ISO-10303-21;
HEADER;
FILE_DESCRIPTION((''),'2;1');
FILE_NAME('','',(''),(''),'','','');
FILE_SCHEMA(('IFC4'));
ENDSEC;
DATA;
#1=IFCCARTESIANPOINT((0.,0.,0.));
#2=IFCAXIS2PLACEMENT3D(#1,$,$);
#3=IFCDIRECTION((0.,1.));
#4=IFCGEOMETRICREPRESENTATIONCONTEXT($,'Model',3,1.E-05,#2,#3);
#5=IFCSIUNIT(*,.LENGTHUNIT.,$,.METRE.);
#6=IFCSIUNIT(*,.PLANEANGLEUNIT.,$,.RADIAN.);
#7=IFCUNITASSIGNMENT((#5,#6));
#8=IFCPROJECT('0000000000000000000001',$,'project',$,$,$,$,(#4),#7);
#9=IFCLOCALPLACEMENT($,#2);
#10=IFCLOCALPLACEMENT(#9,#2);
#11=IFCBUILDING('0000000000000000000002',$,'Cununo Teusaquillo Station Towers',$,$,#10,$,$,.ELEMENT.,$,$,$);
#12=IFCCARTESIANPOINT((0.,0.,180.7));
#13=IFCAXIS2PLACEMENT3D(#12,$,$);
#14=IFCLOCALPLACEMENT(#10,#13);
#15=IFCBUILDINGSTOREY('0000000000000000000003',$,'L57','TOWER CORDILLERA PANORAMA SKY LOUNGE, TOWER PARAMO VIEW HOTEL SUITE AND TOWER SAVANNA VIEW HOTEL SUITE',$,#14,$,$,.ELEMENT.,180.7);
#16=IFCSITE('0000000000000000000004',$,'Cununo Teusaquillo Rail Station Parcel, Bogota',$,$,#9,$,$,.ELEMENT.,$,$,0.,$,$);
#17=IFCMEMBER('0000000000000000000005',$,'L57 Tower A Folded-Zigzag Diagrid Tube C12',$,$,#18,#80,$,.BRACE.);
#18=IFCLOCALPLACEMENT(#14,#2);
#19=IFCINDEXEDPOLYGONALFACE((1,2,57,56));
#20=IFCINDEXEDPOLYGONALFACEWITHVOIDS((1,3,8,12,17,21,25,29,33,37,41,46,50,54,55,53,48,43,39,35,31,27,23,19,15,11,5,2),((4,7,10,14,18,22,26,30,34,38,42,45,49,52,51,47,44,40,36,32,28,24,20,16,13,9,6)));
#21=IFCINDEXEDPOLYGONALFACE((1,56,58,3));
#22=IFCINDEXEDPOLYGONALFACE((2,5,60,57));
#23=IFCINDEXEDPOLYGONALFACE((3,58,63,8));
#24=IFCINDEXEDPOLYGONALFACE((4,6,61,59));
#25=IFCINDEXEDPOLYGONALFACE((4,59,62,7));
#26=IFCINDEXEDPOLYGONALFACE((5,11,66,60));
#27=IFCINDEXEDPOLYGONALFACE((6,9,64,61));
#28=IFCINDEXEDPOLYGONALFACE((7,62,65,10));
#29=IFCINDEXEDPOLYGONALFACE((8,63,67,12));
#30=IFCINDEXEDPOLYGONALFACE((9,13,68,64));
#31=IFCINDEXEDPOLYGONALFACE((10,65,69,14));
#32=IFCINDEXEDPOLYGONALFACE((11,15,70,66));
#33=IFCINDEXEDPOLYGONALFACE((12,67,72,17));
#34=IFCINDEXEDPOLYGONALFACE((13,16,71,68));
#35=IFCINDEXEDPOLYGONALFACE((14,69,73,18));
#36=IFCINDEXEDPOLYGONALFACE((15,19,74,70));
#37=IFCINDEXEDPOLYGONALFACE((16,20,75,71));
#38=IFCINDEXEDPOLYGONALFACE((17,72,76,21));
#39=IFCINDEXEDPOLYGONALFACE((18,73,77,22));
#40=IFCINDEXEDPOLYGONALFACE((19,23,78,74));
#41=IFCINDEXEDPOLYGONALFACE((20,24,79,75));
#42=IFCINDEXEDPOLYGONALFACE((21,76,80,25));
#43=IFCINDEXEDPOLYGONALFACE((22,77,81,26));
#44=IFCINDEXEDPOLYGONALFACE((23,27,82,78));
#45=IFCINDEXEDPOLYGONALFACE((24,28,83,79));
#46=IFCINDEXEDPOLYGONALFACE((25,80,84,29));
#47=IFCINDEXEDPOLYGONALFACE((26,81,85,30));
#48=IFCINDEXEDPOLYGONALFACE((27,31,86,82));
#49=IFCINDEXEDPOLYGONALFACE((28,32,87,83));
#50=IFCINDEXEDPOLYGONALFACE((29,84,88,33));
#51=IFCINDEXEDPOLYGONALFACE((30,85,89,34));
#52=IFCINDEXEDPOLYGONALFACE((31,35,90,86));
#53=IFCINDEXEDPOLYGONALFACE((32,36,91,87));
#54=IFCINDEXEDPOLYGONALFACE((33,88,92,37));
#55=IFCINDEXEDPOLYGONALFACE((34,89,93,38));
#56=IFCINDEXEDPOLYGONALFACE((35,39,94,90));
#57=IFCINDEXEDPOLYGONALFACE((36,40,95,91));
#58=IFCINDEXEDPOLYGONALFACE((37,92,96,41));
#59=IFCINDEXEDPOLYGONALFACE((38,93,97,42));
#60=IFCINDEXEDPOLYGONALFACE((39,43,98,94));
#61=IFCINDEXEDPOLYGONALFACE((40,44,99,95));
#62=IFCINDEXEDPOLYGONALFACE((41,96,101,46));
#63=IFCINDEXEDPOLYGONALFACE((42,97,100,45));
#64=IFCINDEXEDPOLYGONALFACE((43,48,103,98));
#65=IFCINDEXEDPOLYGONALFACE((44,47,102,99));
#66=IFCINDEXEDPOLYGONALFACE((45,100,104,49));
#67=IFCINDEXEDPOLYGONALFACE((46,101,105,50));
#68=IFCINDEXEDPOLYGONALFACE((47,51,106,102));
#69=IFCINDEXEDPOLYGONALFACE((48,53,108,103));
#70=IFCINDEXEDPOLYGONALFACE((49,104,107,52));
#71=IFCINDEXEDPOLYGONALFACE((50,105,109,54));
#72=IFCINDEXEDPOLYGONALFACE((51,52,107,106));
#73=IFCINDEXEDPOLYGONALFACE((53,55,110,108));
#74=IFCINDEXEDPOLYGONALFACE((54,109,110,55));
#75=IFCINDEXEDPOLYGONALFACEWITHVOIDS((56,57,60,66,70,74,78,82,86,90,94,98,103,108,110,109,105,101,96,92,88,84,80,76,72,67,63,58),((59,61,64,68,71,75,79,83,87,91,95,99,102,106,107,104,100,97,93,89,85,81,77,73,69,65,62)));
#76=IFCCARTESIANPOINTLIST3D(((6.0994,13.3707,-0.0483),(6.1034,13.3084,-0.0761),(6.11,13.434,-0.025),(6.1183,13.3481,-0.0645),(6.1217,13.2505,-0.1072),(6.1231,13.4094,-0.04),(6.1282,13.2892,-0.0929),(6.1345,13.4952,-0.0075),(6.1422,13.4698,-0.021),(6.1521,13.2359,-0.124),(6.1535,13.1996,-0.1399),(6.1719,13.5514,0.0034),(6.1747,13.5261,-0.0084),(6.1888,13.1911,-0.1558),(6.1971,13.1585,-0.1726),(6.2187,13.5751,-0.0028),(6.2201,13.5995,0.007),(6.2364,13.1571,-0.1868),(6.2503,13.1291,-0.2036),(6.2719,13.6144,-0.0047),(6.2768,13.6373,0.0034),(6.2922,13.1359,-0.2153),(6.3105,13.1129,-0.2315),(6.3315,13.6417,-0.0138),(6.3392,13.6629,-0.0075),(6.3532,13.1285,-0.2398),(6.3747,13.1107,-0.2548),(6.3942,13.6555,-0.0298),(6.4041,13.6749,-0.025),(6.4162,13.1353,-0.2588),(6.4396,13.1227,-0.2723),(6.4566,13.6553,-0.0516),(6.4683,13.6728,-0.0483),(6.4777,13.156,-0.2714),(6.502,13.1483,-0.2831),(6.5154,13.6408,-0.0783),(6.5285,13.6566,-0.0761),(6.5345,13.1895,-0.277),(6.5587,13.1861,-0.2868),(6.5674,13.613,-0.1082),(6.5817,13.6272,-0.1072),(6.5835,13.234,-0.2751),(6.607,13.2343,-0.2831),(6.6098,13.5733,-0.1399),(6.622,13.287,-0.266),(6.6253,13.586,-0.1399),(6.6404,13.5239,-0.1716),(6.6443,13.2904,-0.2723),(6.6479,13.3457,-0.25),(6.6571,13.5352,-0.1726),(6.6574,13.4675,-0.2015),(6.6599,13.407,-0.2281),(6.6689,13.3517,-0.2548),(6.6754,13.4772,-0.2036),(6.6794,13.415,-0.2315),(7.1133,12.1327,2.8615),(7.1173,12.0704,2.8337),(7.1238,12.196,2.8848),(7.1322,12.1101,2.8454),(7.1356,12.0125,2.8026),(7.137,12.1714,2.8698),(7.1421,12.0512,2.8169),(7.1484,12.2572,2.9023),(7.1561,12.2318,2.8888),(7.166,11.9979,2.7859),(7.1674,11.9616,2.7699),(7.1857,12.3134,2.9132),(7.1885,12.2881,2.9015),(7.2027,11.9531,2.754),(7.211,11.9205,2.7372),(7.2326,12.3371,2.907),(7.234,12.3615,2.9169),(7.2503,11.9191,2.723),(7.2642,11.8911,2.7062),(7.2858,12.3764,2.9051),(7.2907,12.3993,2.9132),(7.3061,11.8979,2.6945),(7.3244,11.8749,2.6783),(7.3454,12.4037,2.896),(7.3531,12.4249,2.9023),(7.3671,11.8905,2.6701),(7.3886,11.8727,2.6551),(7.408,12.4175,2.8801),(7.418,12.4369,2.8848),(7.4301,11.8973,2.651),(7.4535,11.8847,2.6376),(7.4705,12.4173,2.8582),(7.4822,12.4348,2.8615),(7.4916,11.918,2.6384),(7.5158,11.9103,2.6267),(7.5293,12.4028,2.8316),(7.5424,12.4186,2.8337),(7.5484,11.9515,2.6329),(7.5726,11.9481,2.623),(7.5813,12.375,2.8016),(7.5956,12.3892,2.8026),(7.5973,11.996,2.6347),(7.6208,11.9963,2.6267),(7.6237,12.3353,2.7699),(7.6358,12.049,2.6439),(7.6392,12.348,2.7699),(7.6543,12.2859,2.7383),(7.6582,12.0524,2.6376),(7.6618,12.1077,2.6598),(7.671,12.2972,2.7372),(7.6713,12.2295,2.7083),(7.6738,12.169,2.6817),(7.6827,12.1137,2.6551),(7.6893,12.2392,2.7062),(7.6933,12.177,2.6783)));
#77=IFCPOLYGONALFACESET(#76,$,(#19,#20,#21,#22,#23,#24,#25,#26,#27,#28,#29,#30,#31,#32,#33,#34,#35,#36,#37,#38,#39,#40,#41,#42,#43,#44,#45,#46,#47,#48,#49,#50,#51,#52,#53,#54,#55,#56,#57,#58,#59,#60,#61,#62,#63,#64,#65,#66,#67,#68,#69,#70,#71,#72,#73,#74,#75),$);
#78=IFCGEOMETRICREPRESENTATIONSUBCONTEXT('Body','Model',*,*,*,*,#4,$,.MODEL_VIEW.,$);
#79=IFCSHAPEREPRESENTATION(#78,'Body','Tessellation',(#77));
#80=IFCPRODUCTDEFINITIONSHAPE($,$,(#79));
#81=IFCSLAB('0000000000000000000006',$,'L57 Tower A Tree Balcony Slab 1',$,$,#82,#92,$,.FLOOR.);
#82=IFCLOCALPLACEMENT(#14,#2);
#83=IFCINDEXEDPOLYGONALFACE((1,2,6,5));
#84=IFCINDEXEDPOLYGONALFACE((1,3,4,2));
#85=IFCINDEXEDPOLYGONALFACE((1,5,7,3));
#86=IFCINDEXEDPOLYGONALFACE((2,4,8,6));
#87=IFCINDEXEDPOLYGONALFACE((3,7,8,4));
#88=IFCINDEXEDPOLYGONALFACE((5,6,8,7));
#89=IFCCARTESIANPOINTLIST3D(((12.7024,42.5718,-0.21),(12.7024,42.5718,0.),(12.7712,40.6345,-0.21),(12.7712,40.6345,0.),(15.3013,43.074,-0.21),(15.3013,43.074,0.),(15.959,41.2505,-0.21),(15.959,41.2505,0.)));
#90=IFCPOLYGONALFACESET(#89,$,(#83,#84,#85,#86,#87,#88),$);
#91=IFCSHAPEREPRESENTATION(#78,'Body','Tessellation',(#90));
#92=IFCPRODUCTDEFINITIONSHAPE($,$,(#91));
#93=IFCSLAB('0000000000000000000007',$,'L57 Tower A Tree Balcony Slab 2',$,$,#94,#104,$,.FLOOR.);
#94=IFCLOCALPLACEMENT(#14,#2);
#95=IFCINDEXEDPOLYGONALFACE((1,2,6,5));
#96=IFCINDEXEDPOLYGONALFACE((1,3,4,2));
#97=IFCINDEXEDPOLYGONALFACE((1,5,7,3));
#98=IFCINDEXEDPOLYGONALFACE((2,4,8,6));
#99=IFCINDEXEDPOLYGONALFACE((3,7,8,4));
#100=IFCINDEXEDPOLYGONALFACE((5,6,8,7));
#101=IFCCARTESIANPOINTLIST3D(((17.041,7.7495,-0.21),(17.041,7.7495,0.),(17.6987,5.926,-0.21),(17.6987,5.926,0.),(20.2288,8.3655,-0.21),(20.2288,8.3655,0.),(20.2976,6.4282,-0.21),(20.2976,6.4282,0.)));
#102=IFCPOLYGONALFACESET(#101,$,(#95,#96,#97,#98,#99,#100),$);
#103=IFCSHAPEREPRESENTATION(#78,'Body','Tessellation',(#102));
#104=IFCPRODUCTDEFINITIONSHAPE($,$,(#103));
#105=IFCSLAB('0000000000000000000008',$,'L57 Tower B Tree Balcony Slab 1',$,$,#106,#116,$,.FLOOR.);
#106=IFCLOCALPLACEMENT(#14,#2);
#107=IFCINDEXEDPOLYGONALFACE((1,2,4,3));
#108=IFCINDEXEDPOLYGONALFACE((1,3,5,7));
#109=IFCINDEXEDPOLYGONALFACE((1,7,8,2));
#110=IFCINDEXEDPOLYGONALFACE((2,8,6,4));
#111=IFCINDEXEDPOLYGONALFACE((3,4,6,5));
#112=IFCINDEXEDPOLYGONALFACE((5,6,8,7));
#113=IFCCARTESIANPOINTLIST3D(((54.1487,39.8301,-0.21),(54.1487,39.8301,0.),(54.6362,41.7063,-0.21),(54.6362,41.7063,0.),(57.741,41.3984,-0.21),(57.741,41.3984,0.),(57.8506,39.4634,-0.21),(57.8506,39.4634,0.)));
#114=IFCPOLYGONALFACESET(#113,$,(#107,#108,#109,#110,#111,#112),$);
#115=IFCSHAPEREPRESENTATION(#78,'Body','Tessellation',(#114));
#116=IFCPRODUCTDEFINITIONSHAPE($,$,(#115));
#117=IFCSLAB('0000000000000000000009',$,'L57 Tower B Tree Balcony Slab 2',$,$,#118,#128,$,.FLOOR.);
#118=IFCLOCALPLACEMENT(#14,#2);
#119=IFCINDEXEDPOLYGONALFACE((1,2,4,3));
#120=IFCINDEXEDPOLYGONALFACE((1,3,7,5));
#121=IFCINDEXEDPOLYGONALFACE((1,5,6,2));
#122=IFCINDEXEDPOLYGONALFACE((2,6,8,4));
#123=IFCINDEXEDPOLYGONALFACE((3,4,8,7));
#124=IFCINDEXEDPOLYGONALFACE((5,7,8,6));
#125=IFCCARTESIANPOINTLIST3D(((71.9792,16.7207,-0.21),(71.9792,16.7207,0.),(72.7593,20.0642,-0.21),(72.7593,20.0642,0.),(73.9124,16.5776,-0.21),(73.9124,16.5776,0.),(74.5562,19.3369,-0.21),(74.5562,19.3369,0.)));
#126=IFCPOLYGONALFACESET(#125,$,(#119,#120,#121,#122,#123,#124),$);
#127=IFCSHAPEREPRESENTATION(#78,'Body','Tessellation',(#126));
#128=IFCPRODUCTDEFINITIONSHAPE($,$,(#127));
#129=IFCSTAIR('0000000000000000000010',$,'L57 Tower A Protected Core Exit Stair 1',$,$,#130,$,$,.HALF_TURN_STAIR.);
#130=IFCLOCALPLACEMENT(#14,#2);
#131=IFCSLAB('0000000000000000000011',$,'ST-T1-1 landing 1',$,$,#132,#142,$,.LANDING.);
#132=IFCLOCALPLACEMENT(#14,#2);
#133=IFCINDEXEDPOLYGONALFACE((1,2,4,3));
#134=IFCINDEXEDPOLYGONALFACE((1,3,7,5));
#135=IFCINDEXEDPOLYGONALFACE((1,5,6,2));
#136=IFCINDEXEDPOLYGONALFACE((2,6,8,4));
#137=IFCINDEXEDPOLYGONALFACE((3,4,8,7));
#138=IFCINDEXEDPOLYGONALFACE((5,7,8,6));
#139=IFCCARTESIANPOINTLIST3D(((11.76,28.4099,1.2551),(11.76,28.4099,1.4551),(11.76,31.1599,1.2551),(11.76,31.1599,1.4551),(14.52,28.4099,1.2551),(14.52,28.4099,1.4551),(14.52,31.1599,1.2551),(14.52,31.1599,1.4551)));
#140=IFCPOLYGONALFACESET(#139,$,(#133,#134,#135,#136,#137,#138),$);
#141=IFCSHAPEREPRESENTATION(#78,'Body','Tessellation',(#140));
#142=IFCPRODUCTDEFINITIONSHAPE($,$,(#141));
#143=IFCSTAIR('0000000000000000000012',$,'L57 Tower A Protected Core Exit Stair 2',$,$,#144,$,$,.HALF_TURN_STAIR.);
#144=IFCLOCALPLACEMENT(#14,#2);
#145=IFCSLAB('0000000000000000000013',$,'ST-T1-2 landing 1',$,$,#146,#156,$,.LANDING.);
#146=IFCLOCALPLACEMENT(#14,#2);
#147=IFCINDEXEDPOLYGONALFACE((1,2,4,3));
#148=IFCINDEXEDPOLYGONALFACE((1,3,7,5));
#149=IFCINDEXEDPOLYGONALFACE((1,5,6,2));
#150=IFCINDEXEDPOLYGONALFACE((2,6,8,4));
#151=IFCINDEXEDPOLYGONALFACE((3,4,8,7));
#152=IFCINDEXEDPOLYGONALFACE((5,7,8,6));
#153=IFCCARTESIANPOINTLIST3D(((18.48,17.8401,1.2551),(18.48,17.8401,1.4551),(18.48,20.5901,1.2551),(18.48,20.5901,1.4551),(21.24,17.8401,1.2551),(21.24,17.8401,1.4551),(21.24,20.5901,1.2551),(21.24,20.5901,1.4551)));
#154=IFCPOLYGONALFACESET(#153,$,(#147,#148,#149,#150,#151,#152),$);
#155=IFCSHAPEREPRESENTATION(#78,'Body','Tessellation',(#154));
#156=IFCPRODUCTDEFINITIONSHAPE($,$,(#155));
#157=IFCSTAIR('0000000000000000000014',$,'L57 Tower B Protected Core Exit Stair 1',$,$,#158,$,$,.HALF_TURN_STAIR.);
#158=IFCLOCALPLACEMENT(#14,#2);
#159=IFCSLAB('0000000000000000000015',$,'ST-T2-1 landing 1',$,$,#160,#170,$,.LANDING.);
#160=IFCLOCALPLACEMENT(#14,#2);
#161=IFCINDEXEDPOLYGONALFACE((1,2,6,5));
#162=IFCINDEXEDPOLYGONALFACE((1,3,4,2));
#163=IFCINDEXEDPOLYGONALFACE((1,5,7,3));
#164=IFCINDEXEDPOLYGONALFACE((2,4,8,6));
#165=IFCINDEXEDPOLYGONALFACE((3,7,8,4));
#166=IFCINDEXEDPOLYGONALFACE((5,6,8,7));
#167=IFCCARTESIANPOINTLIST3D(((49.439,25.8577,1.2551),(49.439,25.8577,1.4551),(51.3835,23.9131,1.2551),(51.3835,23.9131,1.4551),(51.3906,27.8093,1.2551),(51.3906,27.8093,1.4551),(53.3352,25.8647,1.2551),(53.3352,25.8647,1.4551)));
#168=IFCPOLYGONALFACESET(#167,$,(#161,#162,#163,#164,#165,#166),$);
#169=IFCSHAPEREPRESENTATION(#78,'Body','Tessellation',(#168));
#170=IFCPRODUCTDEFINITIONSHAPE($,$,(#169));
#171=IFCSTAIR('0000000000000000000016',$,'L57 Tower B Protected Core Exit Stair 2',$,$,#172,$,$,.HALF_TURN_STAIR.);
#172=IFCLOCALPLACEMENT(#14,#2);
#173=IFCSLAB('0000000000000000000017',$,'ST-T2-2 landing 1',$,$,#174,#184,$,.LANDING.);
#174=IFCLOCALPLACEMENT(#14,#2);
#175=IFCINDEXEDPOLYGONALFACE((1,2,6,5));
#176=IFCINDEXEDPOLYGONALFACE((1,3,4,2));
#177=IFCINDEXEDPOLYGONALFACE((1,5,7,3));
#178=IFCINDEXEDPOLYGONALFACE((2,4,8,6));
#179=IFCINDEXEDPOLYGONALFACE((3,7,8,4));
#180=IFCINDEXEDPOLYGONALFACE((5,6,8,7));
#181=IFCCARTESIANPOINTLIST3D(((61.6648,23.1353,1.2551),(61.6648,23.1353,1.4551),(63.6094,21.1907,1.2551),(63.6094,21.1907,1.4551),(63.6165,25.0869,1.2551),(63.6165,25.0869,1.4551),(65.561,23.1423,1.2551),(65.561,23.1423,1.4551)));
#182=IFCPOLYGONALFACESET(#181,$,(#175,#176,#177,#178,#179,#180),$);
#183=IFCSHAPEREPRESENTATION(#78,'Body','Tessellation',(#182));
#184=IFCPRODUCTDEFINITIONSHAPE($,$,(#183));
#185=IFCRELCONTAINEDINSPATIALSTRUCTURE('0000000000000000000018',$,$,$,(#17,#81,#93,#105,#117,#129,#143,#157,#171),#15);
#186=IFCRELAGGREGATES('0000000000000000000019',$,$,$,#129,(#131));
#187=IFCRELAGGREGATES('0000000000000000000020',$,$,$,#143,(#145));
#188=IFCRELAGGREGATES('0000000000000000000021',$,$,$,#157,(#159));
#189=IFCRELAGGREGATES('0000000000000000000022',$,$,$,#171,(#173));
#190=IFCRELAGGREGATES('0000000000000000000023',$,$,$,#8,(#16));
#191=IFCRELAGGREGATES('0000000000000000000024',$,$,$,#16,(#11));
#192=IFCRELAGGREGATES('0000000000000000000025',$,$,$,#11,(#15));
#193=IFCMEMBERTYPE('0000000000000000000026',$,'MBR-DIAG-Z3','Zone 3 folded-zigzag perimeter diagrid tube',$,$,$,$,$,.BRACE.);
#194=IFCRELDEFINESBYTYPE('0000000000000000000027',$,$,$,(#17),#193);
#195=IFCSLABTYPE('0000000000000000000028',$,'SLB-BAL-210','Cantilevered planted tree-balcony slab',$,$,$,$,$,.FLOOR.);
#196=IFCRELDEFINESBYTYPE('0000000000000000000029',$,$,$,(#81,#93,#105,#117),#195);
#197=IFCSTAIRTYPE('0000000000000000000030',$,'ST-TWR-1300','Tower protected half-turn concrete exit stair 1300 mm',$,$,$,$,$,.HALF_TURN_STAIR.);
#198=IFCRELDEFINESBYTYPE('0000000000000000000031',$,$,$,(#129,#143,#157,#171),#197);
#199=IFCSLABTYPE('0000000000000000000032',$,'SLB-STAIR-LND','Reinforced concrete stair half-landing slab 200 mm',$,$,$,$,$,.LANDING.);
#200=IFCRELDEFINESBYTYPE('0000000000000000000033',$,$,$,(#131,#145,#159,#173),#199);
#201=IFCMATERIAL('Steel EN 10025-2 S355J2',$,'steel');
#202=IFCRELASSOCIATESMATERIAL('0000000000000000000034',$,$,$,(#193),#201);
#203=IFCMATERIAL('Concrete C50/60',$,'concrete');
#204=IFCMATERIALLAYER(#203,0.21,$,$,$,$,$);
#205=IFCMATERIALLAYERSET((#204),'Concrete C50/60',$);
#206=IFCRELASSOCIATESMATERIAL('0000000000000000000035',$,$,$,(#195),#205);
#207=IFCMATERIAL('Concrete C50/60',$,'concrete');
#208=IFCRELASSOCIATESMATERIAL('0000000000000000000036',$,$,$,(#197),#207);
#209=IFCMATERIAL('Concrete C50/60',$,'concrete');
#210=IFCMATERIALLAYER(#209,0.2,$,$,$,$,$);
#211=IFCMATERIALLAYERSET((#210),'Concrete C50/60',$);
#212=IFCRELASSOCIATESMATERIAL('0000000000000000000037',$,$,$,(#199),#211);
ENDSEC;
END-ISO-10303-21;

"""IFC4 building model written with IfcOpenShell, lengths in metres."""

from ifc_helpers import new_model, si_unit, direction, frame, origin, origin_2d, place, context, subcontext, project, spatial, polyline, hollow_circle, outline, extrude, material, layer, layer_set, material_profile, profile_set, type_object, element, aggregate, save


model = new_model("IFC4")

# Units and contexts
model_context = context("Model", 3, precision=1e-05, world=origin(), true_north=direction((0.0, 1.0)))
body_context = subcontext(model_context, "Body", "Model", "MODEL_VIEW")
ifc_project = project(units=[si_unit("LENGTHUNIT", "METRE"), si_unit("PLANEANGLEUNIT", "RADIAN")], contexts=[model_context])

# Site, building, storey
site_placement = place(None, origin())
site = spatial("IfcSite", under=ifc_project, at=site_placement, Name="Cununo Teusaquillo Rail Station Parcel, Bogota", CompositionType="ELEMENT", RefElevation=0.0)
building_placement = place(site_placement, origin())
building = spatial("IfcBuilding", under=site, at=building_placement, Name="Cununo Teusaquillo Station Towers", CompositionType="ELEMENT")
storey_placement = place(building_placement, frame((0.0, 0.0, 180.7)))
storey = spatial("IfcBuildingStorey", under=building, at=storey_placement, Name="L57", Description="TOWER CORDILLERA PANORAMA SKY LOUNGE, TOWER PARAMO VIEW HOTEL SUITE AND TOWER SAVANNA VIEW HOTEL SUITE", CompositionType="ELEMENT", Elevation=180.7)

# Member
ifc_material_1 = material(Name="Steel EN 10025-2 S355J2", Category="steel")
ifc_material_profile_1 = material_profile(ifc_material_1, hollow_circle(Radius=0.3049, WallThickness=0.02, at=origin_2d()), Name="CHS 610x20")
ifc_profile_set_1 = profile_set([ifc_material_profile_1], Name="Steel EN 10025-2 S355J2")
member_type = type_object("IfcMemberType", Name="MBR-DIAG-Z3", Description="Zone 3 folded-zigzag perimeter diagrid tube", PredefinedType="BRACE", material=ifc_profile_set_1)
member_placement = place(storey_placement, frame((6.3894, 13.3928, -0.1399), z_axis=(0.305314, -0.372802, 0.876243), x_axis=(0.773658, 0.633603, 0.0)))
element("IfcMember", 1, at=member_placement, inside=storey, type_object=member_type, Name="L57 Tower A Folded-Zigzag Diagrid Tube C12", PredefinedType="BRACE", context=body_context, shape_type="SweptSolid", body=[
    extrude(hollow_circle(Radius=0.3049, WallThickness=0.02, at=origin_2d()), origin(), (0.0, 0.0, 1.0), 3.3208),
])

# Slabs
ifc_material_2 = material(Name="Concrete C50/60", Category="concrete")
ifc_layer_1 = layer(ifc_material_2, 0.21)
ifc_layer_set_1 = layer_set([ifc_layer_1], Name="Concrete C50/60")
slab_type_1 = type_object("IfcSlabType", Name="SLB-BAL-210", Description="Cantilevered planted tree-balcony slab", PredefinedType="FLOOR", material=ifc_layer_set_1)
slab_1_placement = place(storey_placement, frame((0.0, 0.0, -0.21)))
element("IfcSlab", 2, at=slab_1_placement, inside=storey, type_object=slab_type_1, Name="L57 Tower A Tree Balcony Slab 1", PredefinedType="FLOOR", context=body_context, shape_type="SweptSolid", body=[
    extrude(outline(polyline([(15.959, 41.2505), (12.7712, 40.6345), (12.7024, 42.5718), (15.3013, 43.074), (15.959, 41.2505)])), origin(), (0.0, 0.0, 1.0), 0.21),
])
slab_2_placement = place(storey_placement, frame((0.0, 0.0, -0.21)))
element("IfcSlab", 3, at=slab_2_placement, inside=storey, type_object=slab_type_1, Name="L57 Tower A Tree Balcony Slab 2", PredefinedType="FLOOR", context=body_context, shape_type="SweptSolid", body=[
    extrude(outline(polyline([(17.041, 7.7495), (20.2288, 8.3655), (20.2976, 6.4282), (17.6987, 5.926), (17.041, 7.7495)])), origin(), (0.0, 0.0, 1.0), 0.21),
])
slab_3_placement = place(storey_placement, frame((0.0, 0.0, -0.21)))
element("IfcSlab", 4, at=slab_3_placement, inside=storey, type_object=slab_type_1, Name="L57 Tower B Tree Balcony Slab 1", PredefinedType="FLOOR", context=body_context, shape_type="SweptSolid", body=[
    extrude(outline(polyline([(57.8506, 39.4634), (54.1487, 39.8301), (54.6362, 41.7063), (57.741, 41.3984), (57.8506, 39.4634)])), origin(), (0.0, 0.0, 1.0), 0.21),
])
slab_4_placement = place(storey_placement, frame((0.0, 0.0, -0.21)))
element("IfcSlab", 5, at=slab_4_placement, inside=storey, type_object=slab_type_1, Name="L57 Tower B Tree Balcony Slab 2", PredefinedType="FLOOR", context=body_context, shape_type="SweptSolid", body=[
    extrude(outline(polyline([(71.9792, 16.7207), (72.7593, 20.0642), (74.5562, 19.3369), (73.9124, 16.5776), (71.9792, 16.7207)])), origin(), (0.0, 0.0, 1.0), 0.21),
])

# Stairs, slabs
ifc_material_3 = material(Name="Concrete C50/60", Category="concrete")
stair_type = type_object("IfcStairType", Name="ST-TWR-1300", Description="Tower protected half-turn concrete exit stair 1300 mm", PredefinedType="HALF_TURN_STAIR", material=ifc_material_3)
stair_1_placement = place(storey_placement, origin())
stair_1 = element("IfcStair", 6, at=stair_1_placement, inside=storey, type_object=stair_type, Name="L57 Tower A Protected Core Exit Stair 1", PredefinedType="HALF_TURN_STAIR")
ifc_material_4 = material(Name="Concrete C50/60", Category="concrete")
ifc_layer_2 = layer(ifc_material_4, 0.2)
ifc_layer_set_2 = layer_set([ifc_layer_2], Name="Concrete C50/60")
slab_type_2 = type_object("IfcSlabType", Name="SLB-STAIR-LND", Description="Reinforced concrete stair half-landing slab 200 mm", PredefinedType="LANDING", material=ifc_layer_set_2)
slab_5_placement = place(storey_placement, frame((0.0, 0.0, 1.2551)))
slab_5 = element("IfcSlab", 7, at=slab_5_placement, type_object=slab_type_2, Name="ST-T1-1 landing 1", PredefinedType="LANDING", context=body_context, shape_type="SweptSolid", body=[
    extrude(outline(polyline([(14.52, 28.4099), (14.52, 31.1599), (11.76, 31.1599), (11.76, 28.4099), (14.52, 28.4099)])), origin(), (0.0, 0.0, 1.0), 0.2),
])
aggregate(stair_1, [slab_5])
stair_2_placement = place(storey_placement, origin())
stair_2 = element("IfcStair", 8, at=stair_2_placement, inside=storey, type_object=stair_type, Name="L57 Tower A Protected Core Exit Stair 2", PredefinedType="HALF_TURN_STAIR")
slab_6_placement = place(storey_placement, frame((0.0, 0.0, 1.2551)))
slab_6 = element("IfcSlab", 9, at=slab_6_placement, type_object=slab_type_2, Name="ST-T1-2 landing 1", PredefinedType="LANDING", context=body_context, shape_type="SweptSolid", body=[
    extrude(outline(polyline([(18.48, 20.5901), (18.48, 17.8401), (21.24, 17.8401), (21.24, 20.5901), (18.48, 20.5901)])), origin(), (0.0, 0.0, 1.0), 0.2),
])
aggregate(stair_2, [slab_6])
stair_3_placement = place(storey_placement, origin())
stair_3 = element("IfcStair", 10, at=stair_3_placement, inside=storey, type_object=stair_type, Name="L57 Tower B Protected Core Exit Stair 1", PredefinedType="HALF_TURN_STAIR")
slab_7_placement = place(storey_placement, frame((0.0, 0.0, 1.2551)))
slab_7 = element("IfcSlab", 11, at=slab_7_placement, type_object=slab_type_2, Name="ST-T2-1 landing 1", PredefinedType="LANDING", context=body_context, shape_type="SweptSolid", body=[
    extrude(outline(polyline([(53.3352, 25.8647), (51.3906, 27.8093), (49.439, 25.8577), (51.3835, 23.9131), (53.3352, 25.8647)])), origin(), (0.0, 0.0, 1.0), 0.2),
])
aggregate(stair_3, [slab_7])
stair_4_placement = place(storey_placement, origin())
stair_4 = element("IfcStair", 12, at=stair_4_placement, inside=storey, type_object=stair_type, Name="L57 Tower B Protected Core Exit Stair 2", PredefinedType="HALF_TURN_STAIR")
slab_8_placement = place(storey_placement, frame((0.0, 0.0, 1.2551)))
slab_8 = element("IfcSlab", 13, at=slab_8_placement, type_object=slab_type_2, Name="ST-T2-2 landing 1", PredefinedType="LANDING", context=body_context, shape_type="SweptSolid", body=[
    extrude(outline(polyline([(61.6648, 23.1353), (63.6094, 21.1907), (65.561, 23.1423), (63.6165, 25.0869), (61.6648, 23.1353)])), origin(), (0.0, 0.0, 1.0), 0.2),
])
aggregate(stair_4, [slab_8])

save(model, "model.ifc")
